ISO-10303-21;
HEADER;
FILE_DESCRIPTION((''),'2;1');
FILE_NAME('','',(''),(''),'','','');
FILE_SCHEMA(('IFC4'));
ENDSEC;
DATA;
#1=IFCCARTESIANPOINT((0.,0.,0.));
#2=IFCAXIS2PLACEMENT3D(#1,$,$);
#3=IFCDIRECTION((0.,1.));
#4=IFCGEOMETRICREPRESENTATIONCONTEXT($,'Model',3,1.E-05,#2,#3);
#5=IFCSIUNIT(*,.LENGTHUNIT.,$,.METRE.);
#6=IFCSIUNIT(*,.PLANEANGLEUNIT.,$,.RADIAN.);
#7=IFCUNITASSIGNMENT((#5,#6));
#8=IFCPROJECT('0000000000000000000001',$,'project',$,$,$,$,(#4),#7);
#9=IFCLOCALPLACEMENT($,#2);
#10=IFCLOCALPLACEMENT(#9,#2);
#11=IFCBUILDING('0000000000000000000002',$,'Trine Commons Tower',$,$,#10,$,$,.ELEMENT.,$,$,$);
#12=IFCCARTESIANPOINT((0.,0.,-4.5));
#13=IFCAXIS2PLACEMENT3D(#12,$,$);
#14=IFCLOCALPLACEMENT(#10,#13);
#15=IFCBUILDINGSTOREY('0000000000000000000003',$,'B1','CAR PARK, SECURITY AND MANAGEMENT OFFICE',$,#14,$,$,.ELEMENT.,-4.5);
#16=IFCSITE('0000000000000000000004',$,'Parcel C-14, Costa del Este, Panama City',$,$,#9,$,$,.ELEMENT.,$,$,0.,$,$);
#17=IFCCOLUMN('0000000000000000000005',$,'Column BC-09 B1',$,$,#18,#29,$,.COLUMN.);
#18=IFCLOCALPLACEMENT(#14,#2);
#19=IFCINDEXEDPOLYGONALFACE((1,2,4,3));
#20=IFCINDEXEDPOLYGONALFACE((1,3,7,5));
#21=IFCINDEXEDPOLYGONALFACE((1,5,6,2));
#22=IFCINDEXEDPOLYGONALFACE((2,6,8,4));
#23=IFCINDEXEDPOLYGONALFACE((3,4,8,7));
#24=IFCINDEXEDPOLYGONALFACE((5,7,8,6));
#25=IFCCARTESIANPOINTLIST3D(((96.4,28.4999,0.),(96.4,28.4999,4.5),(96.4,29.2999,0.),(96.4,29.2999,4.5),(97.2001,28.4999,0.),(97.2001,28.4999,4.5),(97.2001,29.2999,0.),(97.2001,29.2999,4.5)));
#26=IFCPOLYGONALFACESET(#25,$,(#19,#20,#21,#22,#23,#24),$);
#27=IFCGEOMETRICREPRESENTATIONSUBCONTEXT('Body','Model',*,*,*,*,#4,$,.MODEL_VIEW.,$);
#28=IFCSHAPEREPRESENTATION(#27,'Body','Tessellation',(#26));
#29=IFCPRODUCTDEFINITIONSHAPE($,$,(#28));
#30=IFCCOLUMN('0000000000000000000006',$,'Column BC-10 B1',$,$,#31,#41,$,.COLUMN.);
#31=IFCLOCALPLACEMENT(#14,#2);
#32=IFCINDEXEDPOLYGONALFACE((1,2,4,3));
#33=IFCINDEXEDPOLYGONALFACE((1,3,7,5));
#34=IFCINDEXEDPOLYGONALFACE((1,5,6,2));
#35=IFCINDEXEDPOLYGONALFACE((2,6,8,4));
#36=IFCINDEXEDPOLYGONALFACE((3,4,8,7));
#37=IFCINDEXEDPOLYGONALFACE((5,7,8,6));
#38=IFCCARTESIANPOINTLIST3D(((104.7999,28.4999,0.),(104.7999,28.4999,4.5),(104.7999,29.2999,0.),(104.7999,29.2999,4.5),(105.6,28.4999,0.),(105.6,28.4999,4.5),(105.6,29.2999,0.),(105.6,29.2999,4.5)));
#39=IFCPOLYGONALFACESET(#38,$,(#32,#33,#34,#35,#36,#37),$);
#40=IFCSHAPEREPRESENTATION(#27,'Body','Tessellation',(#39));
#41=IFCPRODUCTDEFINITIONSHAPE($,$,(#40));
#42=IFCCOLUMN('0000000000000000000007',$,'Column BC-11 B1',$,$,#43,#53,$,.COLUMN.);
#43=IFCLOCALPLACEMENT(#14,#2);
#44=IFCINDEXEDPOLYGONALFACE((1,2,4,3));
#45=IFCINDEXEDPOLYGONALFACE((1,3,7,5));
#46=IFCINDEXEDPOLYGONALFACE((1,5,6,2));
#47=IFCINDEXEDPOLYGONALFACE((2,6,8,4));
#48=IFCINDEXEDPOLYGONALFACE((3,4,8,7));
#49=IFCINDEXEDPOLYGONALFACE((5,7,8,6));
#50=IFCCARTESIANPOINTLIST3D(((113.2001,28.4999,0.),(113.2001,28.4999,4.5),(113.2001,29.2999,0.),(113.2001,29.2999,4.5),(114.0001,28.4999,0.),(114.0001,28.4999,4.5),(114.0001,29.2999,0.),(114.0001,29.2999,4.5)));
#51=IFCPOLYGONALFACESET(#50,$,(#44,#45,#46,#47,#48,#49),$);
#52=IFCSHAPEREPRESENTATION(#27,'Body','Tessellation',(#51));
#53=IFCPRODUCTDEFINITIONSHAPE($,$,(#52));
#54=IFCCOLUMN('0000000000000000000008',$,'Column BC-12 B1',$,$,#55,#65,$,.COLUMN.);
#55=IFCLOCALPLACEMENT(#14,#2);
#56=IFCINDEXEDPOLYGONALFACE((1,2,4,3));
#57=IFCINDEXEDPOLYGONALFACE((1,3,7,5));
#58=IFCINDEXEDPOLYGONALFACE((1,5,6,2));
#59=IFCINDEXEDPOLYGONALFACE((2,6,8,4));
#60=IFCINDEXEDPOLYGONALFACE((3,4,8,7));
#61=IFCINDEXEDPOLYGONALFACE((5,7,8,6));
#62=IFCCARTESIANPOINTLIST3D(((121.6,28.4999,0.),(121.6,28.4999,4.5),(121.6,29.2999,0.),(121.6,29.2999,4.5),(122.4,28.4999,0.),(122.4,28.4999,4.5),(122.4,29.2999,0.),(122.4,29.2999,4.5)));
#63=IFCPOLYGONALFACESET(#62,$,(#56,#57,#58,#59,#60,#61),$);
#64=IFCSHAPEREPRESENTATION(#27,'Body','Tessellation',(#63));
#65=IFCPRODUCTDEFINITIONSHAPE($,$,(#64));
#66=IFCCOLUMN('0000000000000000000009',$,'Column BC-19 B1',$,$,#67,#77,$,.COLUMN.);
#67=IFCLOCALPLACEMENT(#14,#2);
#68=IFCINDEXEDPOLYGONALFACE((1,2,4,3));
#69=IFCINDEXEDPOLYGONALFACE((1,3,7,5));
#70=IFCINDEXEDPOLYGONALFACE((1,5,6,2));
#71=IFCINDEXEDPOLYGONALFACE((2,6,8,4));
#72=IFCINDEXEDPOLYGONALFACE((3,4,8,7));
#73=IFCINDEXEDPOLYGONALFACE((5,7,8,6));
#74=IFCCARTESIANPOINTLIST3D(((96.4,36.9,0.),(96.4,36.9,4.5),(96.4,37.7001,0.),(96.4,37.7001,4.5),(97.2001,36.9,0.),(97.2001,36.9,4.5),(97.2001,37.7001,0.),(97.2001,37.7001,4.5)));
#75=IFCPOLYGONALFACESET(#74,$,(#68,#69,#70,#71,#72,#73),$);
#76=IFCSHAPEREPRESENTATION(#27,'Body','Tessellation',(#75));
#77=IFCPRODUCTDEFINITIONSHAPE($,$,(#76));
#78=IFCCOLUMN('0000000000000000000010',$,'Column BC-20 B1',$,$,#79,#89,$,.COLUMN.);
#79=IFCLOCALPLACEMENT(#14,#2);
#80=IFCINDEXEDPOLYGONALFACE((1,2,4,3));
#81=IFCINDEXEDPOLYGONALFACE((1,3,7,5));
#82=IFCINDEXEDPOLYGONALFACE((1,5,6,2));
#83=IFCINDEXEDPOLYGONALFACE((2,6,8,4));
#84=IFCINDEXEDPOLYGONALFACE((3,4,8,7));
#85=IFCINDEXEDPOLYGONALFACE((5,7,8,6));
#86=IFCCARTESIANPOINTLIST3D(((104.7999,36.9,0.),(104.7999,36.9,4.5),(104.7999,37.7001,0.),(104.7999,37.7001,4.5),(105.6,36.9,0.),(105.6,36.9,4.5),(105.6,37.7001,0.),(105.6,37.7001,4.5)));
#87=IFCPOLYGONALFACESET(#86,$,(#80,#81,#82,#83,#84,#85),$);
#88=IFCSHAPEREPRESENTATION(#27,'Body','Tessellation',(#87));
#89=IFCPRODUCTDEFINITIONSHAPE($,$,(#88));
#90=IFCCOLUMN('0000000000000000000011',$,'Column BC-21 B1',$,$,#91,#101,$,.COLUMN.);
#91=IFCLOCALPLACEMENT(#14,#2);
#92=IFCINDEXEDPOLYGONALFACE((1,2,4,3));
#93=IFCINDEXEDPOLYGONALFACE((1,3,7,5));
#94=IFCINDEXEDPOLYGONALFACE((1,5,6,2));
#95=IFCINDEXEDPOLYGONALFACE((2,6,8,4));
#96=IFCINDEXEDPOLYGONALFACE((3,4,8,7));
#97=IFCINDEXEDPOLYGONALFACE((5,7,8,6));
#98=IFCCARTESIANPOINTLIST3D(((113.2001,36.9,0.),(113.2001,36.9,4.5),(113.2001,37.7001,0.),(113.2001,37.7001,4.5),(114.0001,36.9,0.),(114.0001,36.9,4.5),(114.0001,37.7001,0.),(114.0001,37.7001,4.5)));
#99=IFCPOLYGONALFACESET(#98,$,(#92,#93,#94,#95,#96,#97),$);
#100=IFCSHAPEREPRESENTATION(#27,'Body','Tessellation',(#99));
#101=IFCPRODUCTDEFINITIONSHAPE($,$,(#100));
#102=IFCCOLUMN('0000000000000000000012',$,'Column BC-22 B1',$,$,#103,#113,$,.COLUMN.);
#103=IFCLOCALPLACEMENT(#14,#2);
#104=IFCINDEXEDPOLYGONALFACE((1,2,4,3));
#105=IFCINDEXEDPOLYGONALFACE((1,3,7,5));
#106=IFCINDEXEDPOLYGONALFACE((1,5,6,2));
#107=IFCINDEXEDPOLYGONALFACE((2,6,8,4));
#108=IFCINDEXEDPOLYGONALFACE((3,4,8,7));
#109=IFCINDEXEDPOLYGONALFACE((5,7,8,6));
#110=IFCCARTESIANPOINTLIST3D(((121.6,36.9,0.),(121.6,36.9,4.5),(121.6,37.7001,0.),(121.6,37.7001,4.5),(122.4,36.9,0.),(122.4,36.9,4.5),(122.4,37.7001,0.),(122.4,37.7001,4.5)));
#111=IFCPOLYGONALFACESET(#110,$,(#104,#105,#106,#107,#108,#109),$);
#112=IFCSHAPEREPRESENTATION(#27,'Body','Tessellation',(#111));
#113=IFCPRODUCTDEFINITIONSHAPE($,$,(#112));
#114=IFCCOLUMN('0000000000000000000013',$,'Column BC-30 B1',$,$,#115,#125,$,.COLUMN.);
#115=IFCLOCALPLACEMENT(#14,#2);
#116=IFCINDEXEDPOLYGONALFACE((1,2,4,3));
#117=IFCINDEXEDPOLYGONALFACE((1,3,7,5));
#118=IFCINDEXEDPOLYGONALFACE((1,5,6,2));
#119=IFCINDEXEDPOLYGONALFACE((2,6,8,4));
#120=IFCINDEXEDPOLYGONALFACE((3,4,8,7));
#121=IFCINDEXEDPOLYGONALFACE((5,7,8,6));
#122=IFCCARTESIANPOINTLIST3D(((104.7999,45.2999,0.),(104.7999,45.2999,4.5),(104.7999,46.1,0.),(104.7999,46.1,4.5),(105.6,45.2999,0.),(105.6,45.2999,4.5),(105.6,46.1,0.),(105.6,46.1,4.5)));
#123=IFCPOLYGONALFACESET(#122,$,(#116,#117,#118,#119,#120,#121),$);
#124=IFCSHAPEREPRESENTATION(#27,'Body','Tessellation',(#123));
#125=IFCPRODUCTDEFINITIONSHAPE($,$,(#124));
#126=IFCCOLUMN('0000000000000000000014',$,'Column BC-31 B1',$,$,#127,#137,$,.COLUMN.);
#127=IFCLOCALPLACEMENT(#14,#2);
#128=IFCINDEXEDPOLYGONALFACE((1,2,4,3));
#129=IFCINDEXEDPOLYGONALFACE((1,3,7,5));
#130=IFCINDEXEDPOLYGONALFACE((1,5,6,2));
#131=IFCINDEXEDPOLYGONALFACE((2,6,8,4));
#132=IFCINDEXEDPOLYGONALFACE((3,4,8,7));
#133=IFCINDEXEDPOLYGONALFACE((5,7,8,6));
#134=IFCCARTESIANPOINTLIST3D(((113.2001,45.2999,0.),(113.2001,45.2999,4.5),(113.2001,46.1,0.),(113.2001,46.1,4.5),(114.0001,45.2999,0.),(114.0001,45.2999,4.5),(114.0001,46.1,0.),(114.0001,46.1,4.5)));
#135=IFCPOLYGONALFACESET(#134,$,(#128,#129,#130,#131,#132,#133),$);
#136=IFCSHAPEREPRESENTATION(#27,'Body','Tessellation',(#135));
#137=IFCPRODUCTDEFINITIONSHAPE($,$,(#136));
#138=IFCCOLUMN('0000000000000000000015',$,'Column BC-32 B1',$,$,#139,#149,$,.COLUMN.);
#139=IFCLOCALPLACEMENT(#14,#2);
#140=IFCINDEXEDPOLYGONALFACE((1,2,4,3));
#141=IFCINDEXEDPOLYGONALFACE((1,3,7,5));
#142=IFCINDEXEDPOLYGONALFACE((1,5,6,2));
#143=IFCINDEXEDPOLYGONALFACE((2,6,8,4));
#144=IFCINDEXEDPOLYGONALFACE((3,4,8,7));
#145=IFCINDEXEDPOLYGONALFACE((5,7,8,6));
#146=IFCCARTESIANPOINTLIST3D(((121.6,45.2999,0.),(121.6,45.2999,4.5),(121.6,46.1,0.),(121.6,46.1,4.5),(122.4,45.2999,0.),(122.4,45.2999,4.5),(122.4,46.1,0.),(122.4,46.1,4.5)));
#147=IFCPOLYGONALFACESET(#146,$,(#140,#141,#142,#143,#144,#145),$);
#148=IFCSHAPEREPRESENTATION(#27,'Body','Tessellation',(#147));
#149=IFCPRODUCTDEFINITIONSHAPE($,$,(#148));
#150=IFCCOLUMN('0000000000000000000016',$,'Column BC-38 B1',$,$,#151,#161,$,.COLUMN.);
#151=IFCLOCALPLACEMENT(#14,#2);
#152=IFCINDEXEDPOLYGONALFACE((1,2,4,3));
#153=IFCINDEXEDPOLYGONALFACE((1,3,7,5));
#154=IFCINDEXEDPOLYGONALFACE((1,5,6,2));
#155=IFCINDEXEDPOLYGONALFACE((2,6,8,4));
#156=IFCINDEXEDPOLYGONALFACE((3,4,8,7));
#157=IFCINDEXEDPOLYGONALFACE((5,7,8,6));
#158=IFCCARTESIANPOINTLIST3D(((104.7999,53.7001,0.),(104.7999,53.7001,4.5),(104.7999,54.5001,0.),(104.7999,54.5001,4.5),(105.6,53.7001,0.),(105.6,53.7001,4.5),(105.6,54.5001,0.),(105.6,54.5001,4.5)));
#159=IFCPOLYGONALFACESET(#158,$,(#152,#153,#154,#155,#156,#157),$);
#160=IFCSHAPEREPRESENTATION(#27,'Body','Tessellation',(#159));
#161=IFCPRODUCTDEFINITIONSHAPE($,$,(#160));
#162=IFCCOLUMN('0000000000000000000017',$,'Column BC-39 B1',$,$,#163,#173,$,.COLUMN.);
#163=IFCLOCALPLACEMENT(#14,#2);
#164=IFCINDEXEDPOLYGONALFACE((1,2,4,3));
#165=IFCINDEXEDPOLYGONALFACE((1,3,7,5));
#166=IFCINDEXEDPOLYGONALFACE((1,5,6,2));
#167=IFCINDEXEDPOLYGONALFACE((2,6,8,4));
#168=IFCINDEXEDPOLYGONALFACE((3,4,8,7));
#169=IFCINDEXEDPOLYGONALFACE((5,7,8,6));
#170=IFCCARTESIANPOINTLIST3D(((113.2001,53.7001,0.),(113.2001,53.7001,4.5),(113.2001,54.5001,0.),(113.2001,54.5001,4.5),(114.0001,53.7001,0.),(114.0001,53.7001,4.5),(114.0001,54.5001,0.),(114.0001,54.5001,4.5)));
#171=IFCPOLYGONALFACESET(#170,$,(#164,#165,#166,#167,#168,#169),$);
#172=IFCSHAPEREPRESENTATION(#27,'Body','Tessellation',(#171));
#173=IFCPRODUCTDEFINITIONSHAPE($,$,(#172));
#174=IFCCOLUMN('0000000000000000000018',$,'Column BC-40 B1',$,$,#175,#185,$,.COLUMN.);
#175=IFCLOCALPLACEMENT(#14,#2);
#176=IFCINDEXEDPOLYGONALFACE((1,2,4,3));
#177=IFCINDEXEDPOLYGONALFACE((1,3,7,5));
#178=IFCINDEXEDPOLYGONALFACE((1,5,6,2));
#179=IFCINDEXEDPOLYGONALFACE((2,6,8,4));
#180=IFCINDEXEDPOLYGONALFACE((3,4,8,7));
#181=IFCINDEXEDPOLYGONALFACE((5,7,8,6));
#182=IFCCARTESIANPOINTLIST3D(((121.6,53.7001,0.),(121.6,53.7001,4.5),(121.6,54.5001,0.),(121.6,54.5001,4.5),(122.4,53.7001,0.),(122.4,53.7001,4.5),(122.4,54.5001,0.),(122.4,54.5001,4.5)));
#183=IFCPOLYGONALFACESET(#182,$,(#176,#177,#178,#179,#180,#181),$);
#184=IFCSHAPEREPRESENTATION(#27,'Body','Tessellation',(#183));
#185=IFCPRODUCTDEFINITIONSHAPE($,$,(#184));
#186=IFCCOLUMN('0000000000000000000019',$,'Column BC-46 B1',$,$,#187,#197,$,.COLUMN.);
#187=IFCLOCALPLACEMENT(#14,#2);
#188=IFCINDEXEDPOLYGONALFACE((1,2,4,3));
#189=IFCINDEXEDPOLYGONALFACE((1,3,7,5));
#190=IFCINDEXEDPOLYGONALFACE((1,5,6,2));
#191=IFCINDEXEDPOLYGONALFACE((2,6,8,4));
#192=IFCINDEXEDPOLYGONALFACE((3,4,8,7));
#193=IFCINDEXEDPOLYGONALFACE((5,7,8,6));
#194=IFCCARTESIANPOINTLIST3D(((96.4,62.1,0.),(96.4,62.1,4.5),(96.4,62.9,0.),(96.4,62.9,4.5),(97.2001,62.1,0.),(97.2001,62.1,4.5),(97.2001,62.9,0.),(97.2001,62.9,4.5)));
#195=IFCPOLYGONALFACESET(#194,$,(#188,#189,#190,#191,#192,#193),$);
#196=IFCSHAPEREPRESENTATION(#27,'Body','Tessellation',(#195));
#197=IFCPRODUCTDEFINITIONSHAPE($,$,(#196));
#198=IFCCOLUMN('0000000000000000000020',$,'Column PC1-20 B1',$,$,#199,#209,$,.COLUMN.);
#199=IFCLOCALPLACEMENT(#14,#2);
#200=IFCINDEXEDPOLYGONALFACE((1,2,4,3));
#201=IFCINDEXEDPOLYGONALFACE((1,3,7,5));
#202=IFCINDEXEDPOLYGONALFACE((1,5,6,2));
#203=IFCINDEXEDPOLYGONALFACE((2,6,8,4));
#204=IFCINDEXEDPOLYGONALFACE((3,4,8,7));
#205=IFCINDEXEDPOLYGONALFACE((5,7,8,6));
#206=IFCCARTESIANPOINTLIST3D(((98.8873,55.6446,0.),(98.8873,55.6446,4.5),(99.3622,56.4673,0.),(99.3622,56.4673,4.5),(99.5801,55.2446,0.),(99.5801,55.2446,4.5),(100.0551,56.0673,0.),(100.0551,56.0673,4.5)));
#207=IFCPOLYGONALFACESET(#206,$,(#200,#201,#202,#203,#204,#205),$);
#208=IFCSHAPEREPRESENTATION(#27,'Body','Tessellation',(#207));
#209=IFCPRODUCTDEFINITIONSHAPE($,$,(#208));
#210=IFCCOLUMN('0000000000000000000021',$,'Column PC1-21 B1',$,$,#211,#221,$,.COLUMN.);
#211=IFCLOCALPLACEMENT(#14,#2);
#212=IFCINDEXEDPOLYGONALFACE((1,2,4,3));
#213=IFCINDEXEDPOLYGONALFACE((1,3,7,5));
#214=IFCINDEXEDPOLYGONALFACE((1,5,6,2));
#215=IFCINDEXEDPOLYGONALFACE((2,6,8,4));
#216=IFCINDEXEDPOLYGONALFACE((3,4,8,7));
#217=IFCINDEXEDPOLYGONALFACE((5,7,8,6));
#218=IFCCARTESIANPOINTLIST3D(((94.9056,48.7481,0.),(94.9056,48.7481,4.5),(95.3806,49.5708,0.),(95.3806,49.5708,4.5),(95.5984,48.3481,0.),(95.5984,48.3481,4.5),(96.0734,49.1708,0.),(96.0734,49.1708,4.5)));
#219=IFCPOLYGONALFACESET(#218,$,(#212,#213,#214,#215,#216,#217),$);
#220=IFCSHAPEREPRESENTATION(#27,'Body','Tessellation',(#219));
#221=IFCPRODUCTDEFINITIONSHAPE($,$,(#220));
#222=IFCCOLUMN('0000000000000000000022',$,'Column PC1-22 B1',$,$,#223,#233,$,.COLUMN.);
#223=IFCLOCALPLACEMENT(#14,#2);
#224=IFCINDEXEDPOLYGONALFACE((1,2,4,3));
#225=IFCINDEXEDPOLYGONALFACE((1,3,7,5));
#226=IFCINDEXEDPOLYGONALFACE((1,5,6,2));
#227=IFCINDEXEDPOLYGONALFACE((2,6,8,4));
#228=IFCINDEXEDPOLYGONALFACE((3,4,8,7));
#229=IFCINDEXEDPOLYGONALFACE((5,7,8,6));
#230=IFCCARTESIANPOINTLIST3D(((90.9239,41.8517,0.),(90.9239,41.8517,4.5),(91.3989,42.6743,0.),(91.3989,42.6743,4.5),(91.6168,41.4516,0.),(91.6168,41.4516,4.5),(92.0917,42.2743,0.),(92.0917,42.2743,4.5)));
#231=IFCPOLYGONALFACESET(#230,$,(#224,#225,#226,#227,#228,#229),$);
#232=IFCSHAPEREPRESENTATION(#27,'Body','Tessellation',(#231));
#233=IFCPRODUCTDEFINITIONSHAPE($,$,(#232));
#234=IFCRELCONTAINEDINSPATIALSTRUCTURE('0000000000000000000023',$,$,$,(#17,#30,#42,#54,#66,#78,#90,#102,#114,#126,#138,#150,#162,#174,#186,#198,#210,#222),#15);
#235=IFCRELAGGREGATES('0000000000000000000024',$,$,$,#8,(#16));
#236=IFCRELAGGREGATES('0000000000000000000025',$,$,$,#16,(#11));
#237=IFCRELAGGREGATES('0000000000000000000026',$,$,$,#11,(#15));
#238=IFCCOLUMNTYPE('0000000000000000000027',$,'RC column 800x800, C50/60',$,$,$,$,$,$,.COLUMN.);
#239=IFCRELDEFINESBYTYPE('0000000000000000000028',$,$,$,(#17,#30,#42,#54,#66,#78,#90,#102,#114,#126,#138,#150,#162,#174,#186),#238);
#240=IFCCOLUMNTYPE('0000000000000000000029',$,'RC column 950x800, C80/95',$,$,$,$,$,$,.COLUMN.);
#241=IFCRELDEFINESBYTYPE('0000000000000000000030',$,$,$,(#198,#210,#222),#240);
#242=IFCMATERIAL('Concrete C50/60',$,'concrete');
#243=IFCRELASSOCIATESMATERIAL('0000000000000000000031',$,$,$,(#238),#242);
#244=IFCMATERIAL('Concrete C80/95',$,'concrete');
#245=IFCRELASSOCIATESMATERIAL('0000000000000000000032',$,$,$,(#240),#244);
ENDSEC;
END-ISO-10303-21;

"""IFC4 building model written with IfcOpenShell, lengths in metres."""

from ifc_helpers import new_model, si_unit, direction, frame, origin, origin_2d, place, context, subcontext, project, spatial, rectangle, extrude, material, material_profile, profile_set, type_object, element, save


model = new_model("IFC4")

# Units and contexts
model_context = context("Model", 3, precision=1e-05, world=origin(), true_north=direction((0.0, 1.0)))
body_context = subcontext(model_context, "Body", "Model", "MODEL_VIEW")
ifc_project = project(units=[si_unit("LENGTHUNIT", "METRE"), si_unit("PLANEANGLEUNIT", "RADIAN")], contexts=[model_context])

# Site, building, storey
site_placement = place(None, origin())
site = spatial("IfcSite", under=ifc_project, at=site_placement, Name="Parcel C-14, Costa del Este, Panama City", CompositionType="ELEMENT", RefElevation=0.0)
building_placement = place(site_placement, origin())
building = spatial("IfcBuilding", under=site, at=building_placement, Name="Trine Commons Tower", CompositionType="ELEMENT")
storey_placement = place(building_placement, frame((0.0, 0.0, -4.5)))
storey = spatial("IfcBuildingStorey", under=building, at=storey_placement, Name="B1", Description="CAR PARK, SECURITY AND MANAGEMENT OFFICE", CompositionType="ELEMENT", Elevation=-4.5)

# Columns
ifc_material_1 = material(Name="Concrete C50/60", Category="concrete")
ifc_material_profile_1 = material_profile(ifc_material_1, rectangle(XDim=0.8, YDim=0.8, at=origin_2d()), Name="RC 800x800")
ifc_profile_set_1 = profile_set([ifc_material_profile_1], Name="Concrete C50/60")
column_type_1 = type_object("IfcColumnType", Name="RC column 800x800, C50/60", PredefinedType="COLUMN", material=ifc_profile_set_1)
for number, where, z_axis, x_axis, name in (
    (1, (96.8, 28.8999, 0.0), (0.0, 0.0, 1.0), (1.0, 0.0, 0.0), "Column BC-09 B1"),
    (2, (105.2, 28.8999, 0.0), (0.0, 0.0, 1.0), (1.0, 0.0, 0.0), "Column BC-10 B1"),
    (3, (113.6001, 28.8999, 0.0), (0.0, 0.0, 1.0), (1.0, 0.0, 0.0), "Column BC-11 B1"),
    (4, (122.0, 28.8999, 0.0), (0.0, 0.0, 1.0), (1.0, 0.0, 0.0), "Column BC-12 B1"),
    (5, (96.8, 37.3, 0.0), (0.0, 0.0, 1.0), (1.0, 0.0, 0.0), "Column BC-19 B1"),
    (6, (105.2, 37.3, 0.0), (0.0, 0.0, 1.0), (1.0, 0.0, 0.0), "Column BC-20 B1"),
    (7, (113.6001, 37.3, 0.0), (0.0, 0.0, 1.0), (1.0, 0.0, 0.0), "Column BC-21 B1"),
    (8, (122.0, 37.3, 0.0), (0.0, 0.0, 1.0), (1.0, 0.0, 0.0), "Column BC-22 B1"),
    (9, (105.2, 45.7, 0.0), (0.0, 0.0, 1.0), (1.0, 0.0, 0.0), "Column BC-30 B1"),
    (10, (113.6001, 45.7, 0.0), (0.0, 0.0, 1.0), (1.0, 0.0, 0.0), "Column BC-31 B1"),
    (11, (122.0, 45.7, 0.0), (0.0, 0.0, 1.0), (1.0, 0.0, 0.0), "Column BC-32 B1"),
    (12, (105.2, 54.1001, 0.0), (0.0, 0.0, 1.0), (1.0, 0.0, 0.0), "Column BC-38 B1"),
    (13, (113.6001, 54.1001, 0.0), (0.0, 0.0, 1.0), (1.0, 0.0, 0.0), "Column BC-39 B1"),
    (14, (122.0, 54.1001, 0.0), (0.0, 0.0, 1.0), (1.0, 0.0, 0.0), "Column BC-40 B1"),
    (15, (96.8, 62.5, 0.0), (0.0, 0.0, 1.0), (1.0, 0.0, 0.0), "Column BC-46 B1"),
):
    element("IfcColumn", number, at=place(storey_placement, frame(where, z_axis=z_axis, x_axis=x_axis)), inside=storey, type_object=column_type_1, Name=name, PredefinedType="COLUMN", context=body_context, shape_type="SweptSolid", body=[
        extrude(rectangle(XDim=0.8, YDim=0.8, at=origin_2d()), origin(), (0.0, 0.0, 1.0), 4.5),
    ])
ifc_material_2 = material(Name="Concrete C80/95", Category="concrete")
ifc_material_profile_2 = material_profile(ifc_material_2, rectangle(XDim=0.95, YDim=0.8, at=origin_2d()), Name="RC 950x800")
ifc_profile_set_2 = profile_set([ifc_material_profile_2], Name="Concrete C80/95")
column_type_2 = type_object("IfcColumnType", Name="RC column 950x800, C80/95", PredefinedType="COLUMN", material=ifc_profile_set_2)
for number, where, z_axis, x_axis, name in (
    (16, (99.4712, 55.856, 0.0), (0.0, 0.0, 1.0), (0.5, 0.866025, 0.0), "Column PC1-20 B1"),
    (17, (95.4895, 48.9595, 0.0), (0.0, 0.0, 1.0), (0.5, 0.866025, 0.0), "Column PC1-21 B1"),
    (18, (91.5078, 42.063, 0.0), (0.0, 0.0, 1.0), (0.5, 0.866025, 0.0), "Column PC1-22 B1"),
):
    element("IfcColumn", number, at=place(storey_placement, frame(where, z_axis=z_axis, x_axis=x_axis)), inside=storey, type_object=column_type_2, Name=name, PredefinedType="COLUMN", context=body_context, shape_type="SweptSolid", body=[
        extrude(rectangle(XDim=0.95, YDim=0.8, at=origin_2d()), origin(), (0.0, 0.0, 1.0), 4.5),
    ])

save(model, "model.ifc")
